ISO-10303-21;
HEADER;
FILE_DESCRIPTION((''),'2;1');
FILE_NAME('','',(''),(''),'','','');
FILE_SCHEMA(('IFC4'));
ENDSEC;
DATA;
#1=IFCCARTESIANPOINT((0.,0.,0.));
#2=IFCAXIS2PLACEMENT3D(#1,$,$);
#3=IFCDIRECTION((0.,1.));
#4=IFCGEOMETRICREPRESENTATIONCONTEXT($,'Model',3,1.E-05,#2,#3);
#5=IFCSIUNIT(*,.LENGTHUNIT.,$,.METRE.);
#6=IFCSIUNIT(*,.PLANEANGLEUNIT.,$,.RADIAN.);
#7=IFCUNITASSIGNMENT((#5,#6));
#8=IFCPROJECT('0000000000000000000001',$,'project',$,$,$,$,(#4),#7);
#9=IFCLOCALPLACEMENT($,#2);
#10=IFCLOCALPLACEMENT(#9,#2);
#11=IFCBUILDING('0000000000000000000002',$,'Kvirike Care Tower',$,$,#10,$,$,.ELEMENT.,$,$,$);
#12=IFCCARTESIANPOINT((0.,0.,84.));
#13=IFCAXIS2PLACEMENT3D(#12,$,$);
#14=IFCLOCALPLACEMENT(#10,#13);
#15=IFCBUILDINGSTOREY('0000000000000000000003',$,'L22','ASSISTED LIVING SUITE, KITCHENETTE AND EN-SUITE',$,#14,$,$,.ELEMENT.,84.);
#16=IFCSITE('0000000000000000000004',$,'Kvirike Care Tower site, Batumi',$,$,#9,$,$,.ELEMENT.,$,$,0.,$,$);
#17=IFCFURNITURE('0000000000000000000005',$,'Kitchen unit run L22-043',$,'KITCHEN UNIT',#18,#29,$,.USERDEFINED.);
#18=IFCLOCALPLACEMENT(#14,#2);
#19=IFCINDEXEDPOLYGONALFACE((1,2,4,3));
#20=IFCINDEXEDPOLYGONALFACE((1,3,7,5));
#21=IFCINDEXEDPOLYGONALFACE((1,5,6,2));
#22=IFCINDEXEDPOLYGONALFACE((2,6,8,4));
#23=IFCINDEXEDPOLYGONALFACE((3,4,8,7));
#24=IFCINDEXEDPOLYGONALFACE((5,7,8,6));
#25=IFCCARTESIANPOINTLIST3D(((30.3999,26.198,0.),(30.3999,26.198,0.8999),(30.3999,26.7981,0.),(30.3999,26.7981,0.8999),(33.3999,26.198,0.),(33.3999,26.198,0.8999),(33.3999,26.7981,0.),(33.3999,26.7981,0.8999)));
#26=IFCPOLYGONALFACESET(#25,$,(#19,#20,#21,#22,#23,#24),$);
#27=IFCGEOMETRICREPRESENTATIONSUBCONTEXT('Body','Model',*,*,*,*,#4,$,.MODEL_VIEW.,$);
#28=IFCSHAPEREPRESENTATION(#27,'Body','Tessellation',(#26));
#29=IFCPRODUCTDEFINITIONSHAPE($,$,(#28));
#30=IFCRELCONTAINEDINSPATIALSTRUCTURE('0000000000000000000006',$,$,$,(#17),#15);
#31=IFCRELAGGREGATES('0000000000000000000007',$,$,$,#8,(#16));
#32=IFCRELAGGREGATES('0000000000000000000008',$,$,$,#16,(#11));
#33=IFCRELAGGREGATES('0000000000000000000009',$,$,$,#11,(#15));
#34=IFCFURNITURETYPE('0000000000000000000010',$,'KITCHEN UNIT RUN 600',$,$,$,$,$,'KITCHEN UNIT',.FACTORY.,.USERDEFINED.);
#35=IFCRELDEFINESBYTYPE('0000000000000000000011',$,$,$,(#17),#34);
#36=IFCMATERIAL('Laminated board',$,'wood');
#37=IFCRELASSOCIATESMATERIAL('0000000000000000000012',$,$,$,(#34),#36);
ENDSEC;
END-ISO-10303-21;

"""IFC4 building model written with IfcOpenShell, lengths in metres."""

from ifc_helpers import new_model, si_unit, direction, frame, origin, origin_2d, place, context, subcontext, project, spatial, rectangle, extrude, material, type_object, element, save


model = new_model("IFC4")

# Units and contexts
model_context = context("Model", 3, precision=1e-05, world=origin(), true_north=direction((0.0, 1.0)))
body_context = subcontext(model_context, "Body", "Model", "MODEL_VIEW")
ifc_project = project(units=[si_unit("LENGTHUNIT", "METRE"), si_unit("PLANEANGLEUNIT", "RADIAN")], contexts=[model_context])

# Site, building, storey
site_placement = place(None, origin())
site = spatial("IfcSite", under=ifc_project, at=site_placement, Name="Kvirike Care Tower site, Batumi", CompositionType="ELEMENT", RefElevation=0.0)
building_placement = place(site_placement, origin())
building = spatial("IfcBuilding", under=site, at=building_placement, Name="Kvirike Care Tower", CompositionType="ELEMENT")
storey_placement = place(building_placement, frame((0.0, 0.0, 84.0)))
storey = spatial("IfcBuildingStorey", under=building, at=storey_placement, Name="L22", Description="ASSISTED LIVING SUITE, KITCHENETTE AND EN-SUITE", CompositionType="ELEMENT", Elevation=84.0)

# Furniture
ifc_material_1 = material(Name="Laminated board", Category="wood")
furniture_type = type_object("IfcFurnitureType", Name="KITCHEN UNIT RUN 600", ElementType="KITCHEN UNIT", AssemblyPlace="FACTORY", PredefinedType="USERDEFINED", material=ifc_material_1)
furniture_placement = place(storey_placement, frame((31.8999, 26.498, 0.0), z_axis=(0.0, 0.0, 1.0), x_axis=(1.0, 0.0, 0.0)))
element("IfcFurniture", 1, at=furniture_placement, inside=storey, type_object=furniture_type, Name="Kitchen unit run L22-043", ObjectType="KITCHEN UNIT", PredefinedType="USERDEFINED", context=body_context, shape_type="SweptSolid", body=[
    extrude(rectangle(XDim=3.0, YDim=0.6001, at=origin_2d()), origin(), (0.0, 0.0, 1.0), 0.8999),
])

save(model, "model.ifc")
